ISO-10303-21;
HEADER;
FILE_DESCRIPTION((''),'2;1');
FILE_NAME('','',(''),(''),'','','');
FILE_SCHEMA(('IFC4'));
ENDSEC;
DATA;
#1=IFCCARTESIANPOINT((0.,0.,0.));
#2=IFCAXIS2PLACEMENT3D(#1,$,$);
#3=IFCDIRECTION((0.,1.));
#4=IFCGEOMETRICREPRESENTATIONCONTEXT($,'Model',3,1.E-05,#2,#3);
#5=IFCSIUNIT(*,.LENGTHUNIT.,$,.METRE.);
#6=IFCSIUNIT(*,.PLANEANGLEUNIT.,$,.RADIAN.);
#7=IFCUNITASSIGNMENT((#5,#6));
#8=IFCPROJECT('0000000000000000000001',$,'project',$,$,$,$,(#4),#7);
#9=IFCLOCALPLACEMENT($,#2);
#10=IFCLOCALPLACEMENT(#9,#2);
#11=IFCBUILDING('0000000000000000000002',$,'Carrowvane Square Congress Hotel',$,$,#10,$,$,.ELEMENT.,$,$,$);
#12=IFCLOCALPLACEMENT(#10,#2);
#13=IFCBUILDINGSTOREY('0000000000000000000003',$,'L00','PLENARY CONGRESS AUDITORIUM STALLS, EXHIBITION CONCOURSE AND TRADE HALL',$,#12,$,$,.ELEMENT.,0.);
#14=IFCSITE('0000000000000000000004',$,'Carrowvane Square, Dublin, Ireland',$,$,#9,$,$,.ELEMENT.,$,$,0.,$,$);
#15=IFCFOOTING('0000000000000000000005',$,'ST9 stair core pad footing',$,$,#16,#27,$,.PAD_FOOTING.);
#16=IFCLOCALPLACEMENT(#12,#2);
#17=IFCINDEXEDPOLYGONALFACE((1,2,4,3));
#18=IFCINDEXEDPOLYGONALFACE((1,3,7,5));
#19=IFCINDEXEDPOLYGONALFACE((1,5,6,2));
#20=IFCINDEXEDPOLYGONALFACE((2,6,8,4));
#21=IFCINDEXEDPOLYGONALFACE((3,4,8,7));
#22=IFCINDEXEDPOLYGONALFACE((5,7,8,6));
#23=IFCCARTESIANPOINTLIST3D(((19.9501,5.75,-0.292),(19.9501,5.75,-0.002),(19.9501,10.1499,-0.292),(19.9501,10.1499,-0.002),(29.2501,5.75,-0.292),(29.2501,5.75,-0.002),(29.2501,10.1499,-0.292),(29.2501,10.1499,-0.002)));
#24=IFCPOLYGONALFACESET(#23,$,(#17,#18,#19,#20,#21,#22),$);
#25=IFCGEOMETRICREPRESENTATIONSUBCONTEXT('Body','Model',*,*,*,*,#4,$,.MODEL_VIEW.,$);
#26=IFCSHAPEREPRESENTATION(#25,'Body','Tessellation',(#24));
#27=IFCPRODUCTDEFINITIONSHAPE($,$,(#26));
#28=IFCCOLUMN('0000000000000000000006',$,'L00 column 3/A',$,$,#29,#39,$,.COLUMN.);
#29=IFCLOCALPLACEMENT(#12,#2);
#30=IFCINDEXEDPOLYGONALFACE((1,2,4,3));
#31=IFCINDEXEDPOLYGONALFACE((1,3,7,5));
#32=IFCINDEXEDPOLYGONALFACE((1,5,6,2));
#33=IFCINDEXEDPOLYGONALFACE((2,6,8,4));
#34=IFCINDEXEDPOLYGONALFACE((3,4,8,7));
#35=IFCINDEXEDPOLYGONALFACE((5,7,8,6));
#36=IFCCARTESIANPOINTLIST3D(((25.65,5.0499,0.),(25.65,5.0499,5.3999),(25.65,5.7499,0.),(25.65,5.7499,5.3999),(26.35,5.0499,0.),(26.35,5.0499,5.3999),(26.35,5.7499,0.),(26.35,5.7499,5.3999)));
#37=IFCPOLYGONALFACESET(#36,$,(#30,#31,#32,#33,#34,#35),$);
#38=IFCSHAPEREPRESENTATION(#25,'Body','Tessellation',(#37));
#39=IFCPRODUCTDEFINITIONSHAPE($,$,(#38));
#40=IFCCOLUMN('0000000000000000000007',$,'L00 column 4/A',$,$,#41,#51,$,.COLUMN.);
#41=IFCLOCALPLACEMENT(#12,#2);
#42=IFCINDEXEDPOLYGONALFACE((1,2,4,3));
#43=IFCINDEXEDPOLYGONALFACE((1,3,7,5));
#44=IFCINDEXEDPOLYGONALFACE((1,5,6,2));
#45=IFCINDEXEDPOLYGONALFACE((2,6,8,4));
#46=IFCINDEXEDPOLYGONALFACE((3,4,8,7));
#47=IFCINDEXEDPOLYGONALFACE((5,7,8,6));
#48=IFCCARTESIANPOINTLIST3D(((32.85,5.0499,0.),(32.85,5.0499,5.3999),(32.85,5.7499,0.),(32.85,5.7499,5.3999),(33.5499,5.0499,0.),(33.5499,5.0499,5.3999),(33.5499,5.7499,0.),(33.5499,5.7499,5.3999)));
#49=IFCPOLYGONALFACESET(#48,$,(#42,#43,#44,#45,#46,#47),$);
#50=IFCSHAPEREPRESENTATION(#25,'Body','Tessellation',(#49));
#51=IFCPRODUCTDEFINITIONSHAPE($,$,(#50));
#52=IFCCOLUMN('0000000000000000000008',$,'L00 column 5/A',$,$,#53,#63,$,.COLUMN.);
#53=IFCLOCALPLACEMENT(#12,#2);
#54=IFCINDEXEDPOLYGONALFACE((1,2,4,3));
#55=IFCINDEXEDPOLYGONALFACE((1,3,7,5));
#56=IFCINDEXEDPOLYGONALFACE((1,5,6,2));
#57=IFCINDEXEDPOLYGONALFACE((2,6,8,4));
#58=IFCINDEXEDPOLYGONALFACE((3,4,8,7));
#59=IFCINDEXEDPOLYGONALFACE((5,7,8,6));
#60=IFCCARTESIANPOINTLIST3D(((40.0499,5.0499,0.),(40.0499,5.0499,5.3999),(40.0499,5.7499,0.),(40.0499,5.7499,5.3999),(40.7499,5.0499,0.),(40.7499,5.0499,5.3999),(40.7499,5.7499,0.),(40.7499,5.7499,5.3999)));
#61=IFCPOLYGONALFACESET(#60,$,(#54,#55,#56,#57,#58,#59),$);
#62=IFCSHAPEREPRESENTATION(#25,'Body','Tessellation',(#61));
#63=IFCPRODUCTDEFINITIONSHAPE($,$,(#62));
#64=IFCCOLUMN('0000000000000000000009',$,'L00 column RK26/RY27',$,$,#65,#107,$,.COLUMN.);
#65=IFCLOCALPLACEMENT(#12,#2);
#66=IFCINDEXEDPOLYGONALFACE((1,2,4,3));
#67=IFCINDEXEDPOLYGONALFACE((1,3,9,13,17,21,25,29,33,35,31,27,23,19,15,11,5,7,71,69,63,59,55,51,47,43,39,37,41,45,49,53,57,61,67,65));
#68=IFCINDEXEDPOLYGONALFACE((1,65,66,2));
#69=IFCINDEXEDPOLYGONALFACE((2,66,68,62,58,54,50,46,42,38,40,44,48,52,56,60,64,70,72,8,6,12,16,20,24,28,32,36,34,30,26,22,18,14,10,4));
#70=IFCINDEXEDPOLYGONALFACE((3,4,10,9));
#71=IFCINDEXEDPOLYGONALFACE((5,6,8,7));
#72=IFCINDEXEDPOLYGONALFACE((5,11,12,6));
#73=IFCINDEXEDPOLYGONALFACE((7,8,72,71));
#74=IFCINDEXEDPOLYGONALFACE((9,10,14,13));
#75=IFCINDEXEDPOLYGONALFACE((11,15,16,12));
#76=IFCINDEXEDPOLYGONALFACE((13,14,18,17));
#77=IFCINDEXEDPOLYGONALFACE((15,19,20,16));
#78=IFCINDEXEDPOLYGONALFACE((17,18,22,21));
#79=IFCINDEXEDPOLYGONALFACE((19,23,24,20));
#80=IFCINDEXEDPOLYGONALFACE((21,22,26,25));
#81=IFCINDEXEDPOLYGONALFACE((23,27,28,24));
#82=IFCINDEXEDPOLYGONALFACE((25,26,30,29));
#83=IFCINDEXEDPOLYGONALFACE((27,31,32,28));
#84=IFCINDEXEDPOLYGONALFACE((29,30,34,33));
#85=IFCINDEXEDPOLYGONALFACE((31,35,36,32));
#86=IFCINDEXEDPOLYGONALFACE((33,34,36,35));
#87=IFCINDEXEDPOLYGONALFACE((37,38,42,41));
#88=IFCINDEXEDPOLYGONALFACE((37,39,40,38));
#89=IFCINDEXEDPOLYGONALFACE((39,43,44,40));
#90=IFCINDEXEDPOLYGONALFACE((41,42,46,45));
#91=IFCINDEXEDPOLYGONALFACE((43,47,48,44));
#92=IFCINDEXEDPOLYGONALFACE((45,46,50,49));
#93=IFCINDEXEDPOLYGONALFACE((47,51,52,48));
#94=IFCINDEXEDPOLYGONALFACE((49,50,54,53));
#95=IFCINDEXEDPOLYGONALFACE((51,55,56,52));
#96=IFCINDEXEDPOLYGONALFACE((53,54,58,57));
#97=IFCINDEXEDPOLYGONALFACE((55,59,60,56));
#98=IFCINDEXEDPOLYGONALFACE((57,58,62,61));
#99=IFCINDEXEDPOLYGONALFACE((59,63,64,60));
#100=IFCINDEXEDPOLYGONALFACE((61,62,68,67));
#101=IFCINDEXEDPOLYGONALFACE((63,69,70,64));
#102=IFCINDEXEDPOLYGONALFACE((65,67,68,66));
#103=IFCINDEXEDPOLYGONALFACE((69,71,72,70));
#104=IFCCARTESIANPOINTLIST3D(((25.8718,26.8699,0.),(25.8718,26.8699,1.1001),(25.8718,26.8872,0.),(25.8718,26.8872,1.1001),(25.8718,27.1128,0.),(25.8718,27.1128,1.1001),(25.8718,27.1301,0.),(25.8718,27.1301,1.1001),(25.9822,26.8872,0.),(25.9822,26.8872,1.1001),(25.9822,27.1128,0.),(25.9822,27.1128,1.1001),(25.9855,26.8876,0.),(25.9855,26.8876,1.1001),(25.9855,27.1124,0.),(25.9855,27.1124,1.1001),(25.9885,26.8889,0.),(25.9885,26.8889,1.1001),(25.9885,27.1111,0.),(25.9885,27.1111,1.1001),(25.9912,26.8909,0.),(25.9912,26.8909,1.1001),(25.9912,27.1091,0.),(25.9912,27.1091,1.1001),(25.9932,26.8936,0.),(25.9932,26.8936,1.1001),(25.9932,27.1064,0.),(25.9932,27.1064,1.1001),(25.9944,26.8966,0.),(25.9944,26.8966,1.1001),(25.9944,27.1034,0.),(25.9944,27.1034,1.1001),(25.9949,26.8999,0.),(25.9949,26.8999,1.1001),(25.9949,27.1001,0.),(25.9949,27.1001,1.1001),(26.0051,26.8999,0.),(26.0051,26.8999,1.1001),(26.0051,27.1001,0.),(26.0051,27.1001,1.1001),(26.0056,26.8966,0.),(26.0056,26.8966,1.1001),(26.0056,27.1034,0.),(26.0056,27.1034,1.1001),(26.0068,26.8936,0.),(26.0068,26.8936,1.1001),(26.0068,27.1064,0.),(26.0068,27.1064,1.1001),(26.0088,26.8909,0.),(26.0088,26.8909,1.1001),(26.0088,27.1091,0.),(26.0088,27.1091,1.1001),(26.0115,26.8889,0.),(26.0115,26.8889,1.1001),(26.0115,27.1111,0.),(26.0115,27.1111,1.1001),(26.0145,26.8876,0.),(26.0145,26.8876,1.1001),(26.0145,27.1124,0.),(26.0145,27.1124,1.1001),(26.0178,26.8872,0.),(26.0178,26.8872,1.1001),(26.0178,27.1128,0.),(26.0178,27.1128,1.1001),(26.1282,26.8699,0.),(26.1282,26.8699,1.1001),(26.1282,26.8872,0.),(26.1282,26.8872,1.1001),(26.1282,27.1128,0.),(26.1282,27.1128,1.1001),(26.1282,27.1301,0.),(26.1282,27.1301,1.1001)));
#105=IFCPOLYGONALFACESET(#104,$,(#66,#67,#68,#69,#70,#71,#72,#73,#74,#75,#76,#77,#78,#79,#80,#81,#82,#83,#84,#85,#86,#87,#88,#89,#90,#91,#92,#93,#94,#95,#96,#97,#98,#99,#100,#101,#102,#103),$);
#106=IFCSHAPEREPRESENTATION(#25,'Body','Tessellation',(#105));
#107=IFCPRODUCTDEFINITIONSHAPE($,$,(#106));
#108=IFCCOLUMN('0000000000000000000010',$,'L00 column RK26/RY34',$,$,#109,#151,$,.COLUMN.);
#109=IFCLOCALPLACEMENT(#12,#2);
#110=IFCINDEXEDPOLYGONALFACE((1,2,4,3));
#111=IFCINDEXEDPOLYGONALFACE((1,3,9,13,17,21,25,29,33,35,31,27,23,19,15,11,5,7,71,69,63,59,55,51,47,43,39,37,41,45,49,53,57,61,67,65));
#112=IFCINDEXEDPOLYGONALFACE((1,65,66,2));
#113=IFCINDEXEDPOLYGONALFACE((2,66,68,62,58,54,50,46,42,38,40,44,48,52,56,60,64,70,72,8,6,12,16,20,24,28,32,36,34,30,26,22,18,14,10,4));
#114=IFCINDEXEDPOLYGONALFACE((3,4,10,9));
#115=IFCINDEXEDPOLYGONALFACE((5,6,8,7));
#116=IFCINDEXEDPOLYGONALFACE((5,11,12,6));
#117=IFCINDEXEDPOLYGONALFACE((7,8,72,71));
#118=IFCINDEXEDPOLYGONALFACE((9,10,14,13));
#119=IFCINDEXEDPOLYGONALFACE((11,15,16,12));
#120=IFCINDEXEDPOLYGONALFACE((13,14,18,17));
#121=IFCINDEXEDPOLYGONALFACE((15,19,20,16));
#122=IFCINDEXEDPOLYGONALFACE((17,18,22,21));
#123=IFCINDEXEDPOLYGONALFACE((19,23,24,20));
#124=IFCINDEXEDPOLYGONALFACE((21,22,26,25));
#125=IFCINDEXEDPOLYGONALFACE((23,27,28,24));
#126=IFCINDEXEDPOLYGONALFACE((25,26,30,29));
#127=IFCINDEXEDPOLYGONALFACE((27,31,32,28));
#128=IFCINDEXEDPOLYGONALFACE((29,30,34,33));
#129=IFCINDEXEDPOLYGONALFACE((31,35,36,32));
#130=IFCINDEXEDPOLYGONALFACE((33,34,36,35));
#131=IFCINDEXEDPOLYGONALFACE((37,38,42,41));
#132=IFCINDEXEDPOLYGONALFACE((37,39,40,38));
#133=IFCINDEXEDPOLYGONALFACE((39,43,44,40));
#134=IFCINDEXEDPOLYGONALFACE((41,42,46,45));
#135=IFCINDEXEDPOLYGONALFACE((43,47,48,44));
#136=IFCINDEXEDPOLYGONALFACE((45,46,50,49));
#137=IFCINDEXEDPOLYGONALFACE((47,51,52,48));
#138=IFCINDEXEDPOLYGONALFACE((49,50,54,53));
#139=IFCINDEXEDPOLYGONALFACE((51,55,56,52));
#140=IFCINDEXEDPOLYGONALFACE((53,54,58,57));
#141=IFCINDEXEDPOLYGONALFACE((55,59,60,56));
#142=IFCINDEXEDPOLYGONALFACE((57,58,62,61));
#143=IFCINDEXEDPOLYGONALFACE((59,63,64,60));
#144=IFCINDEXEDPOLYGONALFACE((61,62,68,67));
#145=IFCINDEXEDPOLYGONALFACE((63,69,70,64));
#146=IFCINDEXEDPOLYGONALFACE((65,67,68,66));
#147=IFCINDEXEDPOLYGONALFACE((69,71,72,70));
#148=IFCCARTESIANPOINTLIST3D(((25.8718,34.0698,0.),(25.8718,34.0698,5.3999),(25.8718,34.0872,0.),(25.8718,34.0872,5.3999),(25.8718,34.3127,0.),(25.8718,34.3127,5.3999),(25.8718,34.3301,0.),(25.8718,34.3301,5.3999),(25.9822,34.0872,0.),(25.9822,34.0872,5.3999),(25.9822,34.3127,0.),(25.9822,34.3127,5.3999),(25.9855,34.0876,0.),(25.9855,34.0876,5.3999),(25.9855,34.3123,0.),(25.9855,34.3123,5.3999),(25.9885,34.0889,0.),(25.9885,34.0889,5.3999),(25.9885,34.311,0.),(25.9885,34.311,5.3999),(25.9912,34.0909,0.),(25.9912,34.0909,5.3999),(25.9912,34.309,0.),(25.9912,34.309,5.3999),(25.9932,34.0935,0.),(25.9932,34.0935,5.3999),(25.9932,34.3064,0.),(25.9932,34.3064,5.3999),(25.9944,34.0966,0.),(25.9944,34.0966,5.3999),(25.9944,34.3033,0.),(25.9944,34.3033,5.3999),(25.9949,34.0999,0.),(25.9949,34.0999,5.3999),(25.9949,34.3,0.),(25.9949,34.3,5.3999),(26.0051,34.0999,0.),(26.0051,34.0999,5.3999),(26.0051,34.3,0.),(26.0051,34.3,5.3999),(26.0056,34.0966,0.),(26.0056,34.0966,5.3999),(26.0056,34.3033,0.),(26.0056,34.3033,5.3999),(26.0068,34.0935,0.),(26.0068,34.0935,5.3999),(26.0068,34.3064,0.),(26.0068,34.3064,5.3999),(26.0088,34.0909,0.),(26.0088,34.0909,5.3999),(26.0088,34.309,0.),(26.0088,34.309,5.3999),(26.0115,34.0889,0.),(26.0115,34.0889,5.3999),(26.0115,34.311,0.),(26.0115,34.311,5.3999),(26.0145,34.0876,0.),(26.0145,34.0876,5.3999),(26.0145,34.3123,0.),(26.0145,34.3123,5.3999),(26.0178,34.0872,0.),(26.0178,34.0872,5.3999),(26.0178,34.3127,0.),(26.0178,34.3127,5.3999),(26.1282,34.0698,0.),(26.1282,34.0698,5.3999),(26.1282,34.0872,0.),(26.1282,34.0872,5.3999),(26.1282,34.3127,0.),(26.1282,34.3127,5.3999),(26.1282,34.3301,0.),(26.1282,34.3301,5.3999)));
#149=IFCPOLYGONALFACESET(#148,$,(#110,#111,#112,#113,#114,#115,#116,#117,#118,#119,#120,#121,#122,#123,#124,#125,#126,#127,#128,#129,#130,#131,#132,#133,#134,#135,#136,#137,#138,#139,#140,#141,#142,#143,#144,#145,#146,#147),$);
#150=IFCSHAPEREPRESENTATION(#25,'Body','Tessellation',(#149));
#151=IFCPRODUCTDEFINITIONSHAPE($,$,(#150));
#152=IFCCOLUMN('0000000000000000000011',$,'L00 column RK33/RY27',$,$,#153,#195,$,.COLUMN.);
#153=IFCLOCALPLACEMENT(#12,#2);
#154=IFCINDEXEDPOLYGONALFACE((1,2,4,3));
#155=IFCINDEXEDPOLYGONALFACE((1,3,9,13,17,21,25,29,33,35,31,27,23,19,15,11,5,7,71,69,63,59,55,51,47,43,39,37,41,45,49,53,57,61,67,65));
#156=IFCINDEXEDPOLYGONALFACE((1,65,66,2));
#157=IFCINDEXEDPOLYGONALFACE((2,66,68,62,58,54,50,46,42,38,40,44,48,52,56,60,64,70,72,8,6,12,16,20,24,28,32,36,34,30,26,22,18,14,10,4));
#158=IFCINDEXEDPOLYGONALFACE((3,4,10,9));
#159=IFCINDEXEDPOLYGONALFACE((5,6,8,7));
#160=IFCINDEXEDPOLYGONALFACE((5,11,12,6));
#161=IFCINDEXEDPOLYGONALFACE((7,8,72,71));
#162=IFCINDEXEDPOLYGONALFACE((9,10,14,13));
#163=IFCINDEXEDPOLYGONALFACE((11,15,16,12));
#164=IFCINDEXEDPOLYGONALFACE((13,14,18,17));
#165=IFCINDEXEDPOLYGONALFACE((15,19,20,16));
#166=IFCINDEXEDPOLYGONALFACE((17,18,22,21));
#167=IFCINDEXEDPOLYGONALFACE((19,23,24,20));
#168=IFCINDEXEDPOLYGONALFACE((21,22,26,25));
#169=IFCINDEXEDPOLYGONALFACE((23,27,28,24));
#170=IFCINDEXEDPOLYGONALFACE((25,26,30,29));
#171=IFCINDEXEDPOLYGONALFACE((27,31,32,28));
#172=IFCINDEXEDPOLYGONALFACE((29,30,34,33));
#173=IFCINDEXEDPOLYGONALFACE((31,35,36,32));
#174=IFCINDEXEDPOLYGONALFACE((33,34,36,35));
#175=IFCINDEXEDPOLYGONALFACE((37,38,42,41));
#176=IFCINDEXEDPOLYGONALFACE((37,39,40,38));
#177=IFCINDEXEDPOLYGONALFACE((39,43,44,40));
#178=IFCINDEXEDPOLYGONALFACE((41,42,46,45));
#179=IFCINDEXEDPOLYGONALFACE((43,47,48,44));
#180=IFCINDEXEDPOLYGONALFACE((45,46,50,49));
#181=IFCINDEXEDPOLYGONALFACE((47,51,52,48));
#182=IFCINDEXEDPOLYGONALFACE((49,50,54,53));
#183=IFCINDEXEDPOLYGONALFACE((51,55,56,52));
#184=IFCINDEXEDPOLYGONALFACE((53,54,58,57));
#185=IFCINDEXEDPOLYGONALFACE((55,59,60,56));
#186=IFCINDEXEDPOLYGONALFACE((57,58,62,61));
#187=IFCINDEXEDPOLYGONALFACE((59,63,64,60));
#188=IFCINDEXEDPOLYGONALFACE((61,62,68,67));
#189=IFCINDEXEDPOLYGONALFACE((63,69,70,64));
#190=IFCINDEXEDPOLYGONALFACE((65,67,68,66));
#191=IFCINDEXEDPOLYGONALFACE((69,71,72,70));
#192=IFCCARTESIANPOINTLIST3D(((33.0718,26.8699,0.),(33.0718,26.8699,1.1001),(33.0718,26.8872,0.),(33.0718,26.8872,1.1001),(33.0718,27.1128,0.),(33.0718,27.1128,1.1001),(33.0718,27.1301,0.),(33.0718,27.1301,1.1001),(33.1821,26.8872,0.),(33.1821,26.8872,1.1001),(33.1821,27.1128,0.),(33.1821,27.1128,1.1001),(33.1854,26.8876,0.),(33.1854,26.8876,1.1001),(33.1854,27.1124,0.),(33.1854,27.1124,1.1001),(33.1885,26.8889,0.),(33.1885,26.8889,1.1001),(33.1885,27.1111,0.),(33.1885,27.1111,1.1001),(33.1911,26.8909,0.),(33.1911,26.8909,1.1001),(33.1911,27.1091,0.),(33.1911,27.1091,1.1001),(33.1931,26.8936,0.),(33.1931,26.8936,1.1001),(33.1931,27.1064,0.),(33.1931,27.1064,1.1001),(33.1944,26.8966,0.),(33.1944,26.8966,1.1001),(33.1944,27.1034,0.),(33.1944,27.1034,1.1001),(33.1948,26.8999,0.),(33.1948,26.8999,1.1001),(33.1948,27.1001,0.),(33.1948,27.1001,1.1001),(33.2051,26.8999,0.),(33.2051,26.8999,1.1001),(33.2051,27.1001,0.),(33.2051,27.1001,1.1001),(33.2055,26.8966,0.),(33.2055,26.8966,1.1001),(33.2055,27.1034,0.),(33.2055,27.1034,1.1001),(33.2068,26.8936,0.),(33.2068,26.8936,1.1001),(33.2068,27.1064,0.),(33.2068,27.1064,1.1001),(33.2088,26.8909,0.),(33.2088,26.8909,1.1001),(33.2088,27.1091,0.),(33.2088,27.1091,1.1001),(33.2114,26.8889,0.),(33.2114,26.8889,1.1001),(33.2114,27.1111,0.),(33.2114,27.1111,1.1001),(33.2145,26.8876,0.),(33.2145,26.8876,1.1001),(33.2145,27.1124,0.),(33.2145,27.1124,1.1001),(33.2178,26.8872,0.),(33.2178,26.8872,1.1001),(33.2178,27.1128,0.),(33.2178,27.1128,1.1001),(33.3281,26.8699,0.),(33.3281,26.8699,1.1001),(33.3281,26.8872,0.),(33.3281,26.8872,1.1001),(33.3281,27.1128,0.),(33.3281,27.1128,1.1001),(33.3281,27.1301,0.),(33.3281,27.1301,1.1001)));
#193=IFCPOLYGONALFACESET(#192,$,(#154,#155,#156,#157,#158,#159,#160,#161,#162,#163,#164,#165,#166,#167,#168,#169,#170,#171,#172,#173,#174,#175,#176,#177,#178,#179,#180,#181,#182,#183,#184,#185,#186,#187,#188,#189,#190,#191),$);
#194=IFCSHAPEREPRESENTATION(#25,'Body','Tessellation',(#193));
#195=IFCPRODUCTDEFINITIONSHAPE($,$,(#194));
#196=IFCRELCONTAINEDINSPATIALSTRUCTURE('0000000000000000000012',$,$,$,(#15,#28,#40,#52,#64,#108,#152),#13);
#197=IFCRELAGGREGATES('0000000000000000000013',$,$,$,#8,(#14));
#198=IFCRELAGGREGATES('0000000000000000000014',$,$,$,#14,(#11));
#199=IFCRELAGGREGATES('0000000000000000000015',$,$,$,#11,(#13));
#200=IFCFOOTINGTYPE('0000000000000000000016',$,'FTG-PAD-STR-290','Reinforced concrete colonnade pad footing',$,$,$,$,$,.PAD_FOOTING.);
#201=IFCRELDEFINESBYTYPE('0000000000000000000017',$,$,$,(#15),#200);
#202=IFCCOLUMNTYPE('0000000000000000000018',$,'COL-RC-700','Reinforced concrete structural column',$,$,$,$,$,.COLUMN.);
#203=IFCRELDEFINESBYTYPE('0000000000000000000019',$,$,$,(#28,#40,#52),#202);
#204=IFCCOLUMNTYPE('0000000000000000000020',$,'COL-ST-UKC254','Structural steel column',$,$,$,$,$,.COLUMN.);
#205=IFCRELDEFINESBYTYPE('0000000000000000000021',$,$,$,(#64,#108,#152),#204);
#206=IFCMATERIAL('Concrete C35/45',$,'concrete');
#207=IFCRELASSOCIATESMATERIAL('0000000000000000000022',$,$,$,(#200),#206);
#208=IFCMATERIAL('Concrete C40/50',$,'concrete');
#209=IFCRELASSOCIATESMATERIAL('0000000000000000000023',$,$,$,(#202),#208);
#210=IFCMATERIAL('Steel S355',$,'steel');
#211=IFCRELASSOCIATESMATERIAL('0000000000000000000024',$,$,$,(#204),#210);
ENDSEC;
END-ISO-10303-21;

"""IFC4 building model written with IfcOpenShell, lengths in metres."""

from ifc_helpers import new_model, si_unit, direction, frame, origin, origin_2d, place, context, subcontext, project, spatial, rectangle, i_section, extrude, material, material_profile, profile_set, type_object, element, save


model = new_model("IFC4")

# Units and contexts
model_context = context("Model", 3, precision=1e-05, world=origin(), true_north=direction((0.0, 1.0)))
body_context = subcontext(model_context, "Body", "Model", "MODEL_VIEW")
ifc_project = project(units=[si_unit("LENGTHUNIT", "METRE"), si_unit("PLANEANGLEUNIT", "RADIAN")], contexts=[model_context])

# Site, building, storey
site_placement = place(None, origin())
site = spatial("IfcSite", under=ifc_project, at=site_placement, Name="Carrowvane Square, Dublin, Ireland", CompositionType="ELEMENT", RefElevation=0.0)
building_placement = place(site_placement, origin())
building = spatial("IfcBuilding", under=site, at=building_placement, Name="Carrowvane Square Congress Hotel", CompositionType="ELEMENT")
storey_placement = place(building_placement, origin())
storey = spatial("IfcBuildingStorey", under=building, at=storey_placement, Name="L00", Description="PLENARY CONGRESS AUDITORIUM STALLS, EXHIBITION CONCOURSE AND TRADE HALL", CompositionType="ELEMENT", Elevation=0.0)

# Footing
ifc_material_1 = material(Name="Concrete C35/45", Category="concrete")
footing_type = type_object("IfcFootingType", Name="FTG-PAD-STR-290", Description="Reinforced concrete colonnade pad footing", PredefinedType="PAD_FOOTING", material=ifc_material_1)
footing_placement = place(storey_placement, frame((24.6001, 7.95, -0.292), z_axis=(0.0, 0.0, 1.0), x_axis=(1.0, 0.0, 0.0)))
element("IfcFooting", 1, at=footing_placement, inside=storey, type_object=footing_type, Name="ST9 stair core pad footing", PredefinedType="PAD_FOOTING", context=body_context, shape_type="SweptSolid", body=[
    extrude(rectangle(XDim=9.3, YDim=4.3999, at=origin_2d()), origin(), (0.0, 0.0, 1.0), 0.29),
])

# Columns
ifc_material_2 = material(Name="Concrete C40/50", Category="concrete")
ifc_material_profile_1 = material_profile(ifc_material_2, rectangle(XDim=0.7, YDim=0.7, at=origin_2d()), Name="RC 700x700")
ifc_profile_set_1 = profile_set([ifc_material_profile_1], Name="Concrete C40/50")
column_type_1 = type_object("IfcColumnType", Name="COL-RC-700", Description="Reinforced concrete structural column", PredefinedType="COLUMN", material=ifc_profile_set_1)
for number, where, z_axis, x_axis, name in (
    (2, (26.0, 5.3999, 0.0), (0.0, 0.0, 1.0), (1.0, 0.0, 0.0), "L00 column 3/A"),
    (3, (33.2, 5.3999, 0.0), (0.0, 0.0, 1.0), (1.0, 0.0, 0.0), "L00 column 4/A"),
    (4, (40.3999, 5.3999, 0.0), (0.0, 0.0, 1.0), (1.0, 0.0, 0.0), "L00 column 5/A"),
):
    element("IfcColumn", number, at=place(storey_placement, frame(where, z_axis=z_axis, x_axis=x_axis)), inside=storey, type_object=column_type_1, Name=name, PredefinedType="COLUMN", context=body_context, shape_type="SweptSolid", body=[
        extrude(rectangle(XDim=0.7, YDim=0.7, at=origin_2d()), origin(), (0.0, 0.0, 1.0), 5.3999),
    ])
ifc_material_3 = material(Name="Steel S355", Category="steel")
ifc_material_profile_2 = material_profile(ifc_material_3, i_section(OverallWidth=0.2563, OverallDepth=0.2603, WebThickness=0.0103, FlangeThickness=0.0173, FilletRadius=0.0127, at=origin_2d()), Name="UKC 254x254x89")
ifc_profile_set_2 = profile_set([ifc_material_profile_2], Name="Steel S355")
column_type_2 = type_object("IfcColumnType", Name="COL-ST-UKC254", Description="Structural steel column", PredefinedType="COLUMN", material=ifc_profile_set_2)
column_1_placement = place(storey_placement, frame((26.0, 27.0, 0.0), z_axis=(0.0, 0.0, 1.0), x_axis=(1.0, 0.0, 0.0)))
element("IfcColumn", 5, at=column_1_placement, inside=storey, type_object=column_type_2, Name="L00 column RK26/RY27", PredefinedType="COLUMN", context=body_context, shape_type="SweptSolid", body=[
    extrude(i_section(OverallWidth=0.2563, OverallDepth=0.2603, WebThickness=0.0103, FlangeThickness=0.0173, FilletRadius=0.0127, at=origin_2d()), origin(), (0.0, 0.0, 1.0), 1.1001),
])
column_2_placement = place(storey_placement, frame((26.0, 34.2, 0.0), z_axis=(0.0, 0.0, 1.0), x_axis=(1.0, 0.0, 0.0)))
element("IfcColumn", 6, at=column_2_placement, inside=storey, type_object=column_type_2, Name="L00 column RK26/RY34", PredefinedType="COLUMN", context=body_context, shape_type="SweptSolid", body=[
    extrude(i_section(OverallWidth=0.2563, OverallDepth=0.2603, WebThickness=0.0103, FlangeThickness=0.0173, FilletRadius=0.0127, at=origin_2d()), origin(), (0.0, 0.0, 1.0), 5.3999),
])
column_3_placement = place(storey_placement, frame((33.2, 27.0, 0.0), z_axis=(0.0, 0.0, 1.0), x_axis=(1.0, 0.0, 0.0)))
element("IfcColumn", 7, at=column_3_placement, inside=storey, type_object=column_type_2, Name="L00 column RK33/RY27", PredefinedType="COLUMN", context=body_context, shape_type="SweptSolid", body=[
    extrude(i_section(OverallWidth=0.2563, OverallDepth=0.2603, WebThickness=0.0103, FlangeThickness=0.0173, FilletRadius=0.0127, at=origin_2d()), origin(), (0.0, 0.0, 1.0), 1.1001),
])

save(model, "model.ifc")
